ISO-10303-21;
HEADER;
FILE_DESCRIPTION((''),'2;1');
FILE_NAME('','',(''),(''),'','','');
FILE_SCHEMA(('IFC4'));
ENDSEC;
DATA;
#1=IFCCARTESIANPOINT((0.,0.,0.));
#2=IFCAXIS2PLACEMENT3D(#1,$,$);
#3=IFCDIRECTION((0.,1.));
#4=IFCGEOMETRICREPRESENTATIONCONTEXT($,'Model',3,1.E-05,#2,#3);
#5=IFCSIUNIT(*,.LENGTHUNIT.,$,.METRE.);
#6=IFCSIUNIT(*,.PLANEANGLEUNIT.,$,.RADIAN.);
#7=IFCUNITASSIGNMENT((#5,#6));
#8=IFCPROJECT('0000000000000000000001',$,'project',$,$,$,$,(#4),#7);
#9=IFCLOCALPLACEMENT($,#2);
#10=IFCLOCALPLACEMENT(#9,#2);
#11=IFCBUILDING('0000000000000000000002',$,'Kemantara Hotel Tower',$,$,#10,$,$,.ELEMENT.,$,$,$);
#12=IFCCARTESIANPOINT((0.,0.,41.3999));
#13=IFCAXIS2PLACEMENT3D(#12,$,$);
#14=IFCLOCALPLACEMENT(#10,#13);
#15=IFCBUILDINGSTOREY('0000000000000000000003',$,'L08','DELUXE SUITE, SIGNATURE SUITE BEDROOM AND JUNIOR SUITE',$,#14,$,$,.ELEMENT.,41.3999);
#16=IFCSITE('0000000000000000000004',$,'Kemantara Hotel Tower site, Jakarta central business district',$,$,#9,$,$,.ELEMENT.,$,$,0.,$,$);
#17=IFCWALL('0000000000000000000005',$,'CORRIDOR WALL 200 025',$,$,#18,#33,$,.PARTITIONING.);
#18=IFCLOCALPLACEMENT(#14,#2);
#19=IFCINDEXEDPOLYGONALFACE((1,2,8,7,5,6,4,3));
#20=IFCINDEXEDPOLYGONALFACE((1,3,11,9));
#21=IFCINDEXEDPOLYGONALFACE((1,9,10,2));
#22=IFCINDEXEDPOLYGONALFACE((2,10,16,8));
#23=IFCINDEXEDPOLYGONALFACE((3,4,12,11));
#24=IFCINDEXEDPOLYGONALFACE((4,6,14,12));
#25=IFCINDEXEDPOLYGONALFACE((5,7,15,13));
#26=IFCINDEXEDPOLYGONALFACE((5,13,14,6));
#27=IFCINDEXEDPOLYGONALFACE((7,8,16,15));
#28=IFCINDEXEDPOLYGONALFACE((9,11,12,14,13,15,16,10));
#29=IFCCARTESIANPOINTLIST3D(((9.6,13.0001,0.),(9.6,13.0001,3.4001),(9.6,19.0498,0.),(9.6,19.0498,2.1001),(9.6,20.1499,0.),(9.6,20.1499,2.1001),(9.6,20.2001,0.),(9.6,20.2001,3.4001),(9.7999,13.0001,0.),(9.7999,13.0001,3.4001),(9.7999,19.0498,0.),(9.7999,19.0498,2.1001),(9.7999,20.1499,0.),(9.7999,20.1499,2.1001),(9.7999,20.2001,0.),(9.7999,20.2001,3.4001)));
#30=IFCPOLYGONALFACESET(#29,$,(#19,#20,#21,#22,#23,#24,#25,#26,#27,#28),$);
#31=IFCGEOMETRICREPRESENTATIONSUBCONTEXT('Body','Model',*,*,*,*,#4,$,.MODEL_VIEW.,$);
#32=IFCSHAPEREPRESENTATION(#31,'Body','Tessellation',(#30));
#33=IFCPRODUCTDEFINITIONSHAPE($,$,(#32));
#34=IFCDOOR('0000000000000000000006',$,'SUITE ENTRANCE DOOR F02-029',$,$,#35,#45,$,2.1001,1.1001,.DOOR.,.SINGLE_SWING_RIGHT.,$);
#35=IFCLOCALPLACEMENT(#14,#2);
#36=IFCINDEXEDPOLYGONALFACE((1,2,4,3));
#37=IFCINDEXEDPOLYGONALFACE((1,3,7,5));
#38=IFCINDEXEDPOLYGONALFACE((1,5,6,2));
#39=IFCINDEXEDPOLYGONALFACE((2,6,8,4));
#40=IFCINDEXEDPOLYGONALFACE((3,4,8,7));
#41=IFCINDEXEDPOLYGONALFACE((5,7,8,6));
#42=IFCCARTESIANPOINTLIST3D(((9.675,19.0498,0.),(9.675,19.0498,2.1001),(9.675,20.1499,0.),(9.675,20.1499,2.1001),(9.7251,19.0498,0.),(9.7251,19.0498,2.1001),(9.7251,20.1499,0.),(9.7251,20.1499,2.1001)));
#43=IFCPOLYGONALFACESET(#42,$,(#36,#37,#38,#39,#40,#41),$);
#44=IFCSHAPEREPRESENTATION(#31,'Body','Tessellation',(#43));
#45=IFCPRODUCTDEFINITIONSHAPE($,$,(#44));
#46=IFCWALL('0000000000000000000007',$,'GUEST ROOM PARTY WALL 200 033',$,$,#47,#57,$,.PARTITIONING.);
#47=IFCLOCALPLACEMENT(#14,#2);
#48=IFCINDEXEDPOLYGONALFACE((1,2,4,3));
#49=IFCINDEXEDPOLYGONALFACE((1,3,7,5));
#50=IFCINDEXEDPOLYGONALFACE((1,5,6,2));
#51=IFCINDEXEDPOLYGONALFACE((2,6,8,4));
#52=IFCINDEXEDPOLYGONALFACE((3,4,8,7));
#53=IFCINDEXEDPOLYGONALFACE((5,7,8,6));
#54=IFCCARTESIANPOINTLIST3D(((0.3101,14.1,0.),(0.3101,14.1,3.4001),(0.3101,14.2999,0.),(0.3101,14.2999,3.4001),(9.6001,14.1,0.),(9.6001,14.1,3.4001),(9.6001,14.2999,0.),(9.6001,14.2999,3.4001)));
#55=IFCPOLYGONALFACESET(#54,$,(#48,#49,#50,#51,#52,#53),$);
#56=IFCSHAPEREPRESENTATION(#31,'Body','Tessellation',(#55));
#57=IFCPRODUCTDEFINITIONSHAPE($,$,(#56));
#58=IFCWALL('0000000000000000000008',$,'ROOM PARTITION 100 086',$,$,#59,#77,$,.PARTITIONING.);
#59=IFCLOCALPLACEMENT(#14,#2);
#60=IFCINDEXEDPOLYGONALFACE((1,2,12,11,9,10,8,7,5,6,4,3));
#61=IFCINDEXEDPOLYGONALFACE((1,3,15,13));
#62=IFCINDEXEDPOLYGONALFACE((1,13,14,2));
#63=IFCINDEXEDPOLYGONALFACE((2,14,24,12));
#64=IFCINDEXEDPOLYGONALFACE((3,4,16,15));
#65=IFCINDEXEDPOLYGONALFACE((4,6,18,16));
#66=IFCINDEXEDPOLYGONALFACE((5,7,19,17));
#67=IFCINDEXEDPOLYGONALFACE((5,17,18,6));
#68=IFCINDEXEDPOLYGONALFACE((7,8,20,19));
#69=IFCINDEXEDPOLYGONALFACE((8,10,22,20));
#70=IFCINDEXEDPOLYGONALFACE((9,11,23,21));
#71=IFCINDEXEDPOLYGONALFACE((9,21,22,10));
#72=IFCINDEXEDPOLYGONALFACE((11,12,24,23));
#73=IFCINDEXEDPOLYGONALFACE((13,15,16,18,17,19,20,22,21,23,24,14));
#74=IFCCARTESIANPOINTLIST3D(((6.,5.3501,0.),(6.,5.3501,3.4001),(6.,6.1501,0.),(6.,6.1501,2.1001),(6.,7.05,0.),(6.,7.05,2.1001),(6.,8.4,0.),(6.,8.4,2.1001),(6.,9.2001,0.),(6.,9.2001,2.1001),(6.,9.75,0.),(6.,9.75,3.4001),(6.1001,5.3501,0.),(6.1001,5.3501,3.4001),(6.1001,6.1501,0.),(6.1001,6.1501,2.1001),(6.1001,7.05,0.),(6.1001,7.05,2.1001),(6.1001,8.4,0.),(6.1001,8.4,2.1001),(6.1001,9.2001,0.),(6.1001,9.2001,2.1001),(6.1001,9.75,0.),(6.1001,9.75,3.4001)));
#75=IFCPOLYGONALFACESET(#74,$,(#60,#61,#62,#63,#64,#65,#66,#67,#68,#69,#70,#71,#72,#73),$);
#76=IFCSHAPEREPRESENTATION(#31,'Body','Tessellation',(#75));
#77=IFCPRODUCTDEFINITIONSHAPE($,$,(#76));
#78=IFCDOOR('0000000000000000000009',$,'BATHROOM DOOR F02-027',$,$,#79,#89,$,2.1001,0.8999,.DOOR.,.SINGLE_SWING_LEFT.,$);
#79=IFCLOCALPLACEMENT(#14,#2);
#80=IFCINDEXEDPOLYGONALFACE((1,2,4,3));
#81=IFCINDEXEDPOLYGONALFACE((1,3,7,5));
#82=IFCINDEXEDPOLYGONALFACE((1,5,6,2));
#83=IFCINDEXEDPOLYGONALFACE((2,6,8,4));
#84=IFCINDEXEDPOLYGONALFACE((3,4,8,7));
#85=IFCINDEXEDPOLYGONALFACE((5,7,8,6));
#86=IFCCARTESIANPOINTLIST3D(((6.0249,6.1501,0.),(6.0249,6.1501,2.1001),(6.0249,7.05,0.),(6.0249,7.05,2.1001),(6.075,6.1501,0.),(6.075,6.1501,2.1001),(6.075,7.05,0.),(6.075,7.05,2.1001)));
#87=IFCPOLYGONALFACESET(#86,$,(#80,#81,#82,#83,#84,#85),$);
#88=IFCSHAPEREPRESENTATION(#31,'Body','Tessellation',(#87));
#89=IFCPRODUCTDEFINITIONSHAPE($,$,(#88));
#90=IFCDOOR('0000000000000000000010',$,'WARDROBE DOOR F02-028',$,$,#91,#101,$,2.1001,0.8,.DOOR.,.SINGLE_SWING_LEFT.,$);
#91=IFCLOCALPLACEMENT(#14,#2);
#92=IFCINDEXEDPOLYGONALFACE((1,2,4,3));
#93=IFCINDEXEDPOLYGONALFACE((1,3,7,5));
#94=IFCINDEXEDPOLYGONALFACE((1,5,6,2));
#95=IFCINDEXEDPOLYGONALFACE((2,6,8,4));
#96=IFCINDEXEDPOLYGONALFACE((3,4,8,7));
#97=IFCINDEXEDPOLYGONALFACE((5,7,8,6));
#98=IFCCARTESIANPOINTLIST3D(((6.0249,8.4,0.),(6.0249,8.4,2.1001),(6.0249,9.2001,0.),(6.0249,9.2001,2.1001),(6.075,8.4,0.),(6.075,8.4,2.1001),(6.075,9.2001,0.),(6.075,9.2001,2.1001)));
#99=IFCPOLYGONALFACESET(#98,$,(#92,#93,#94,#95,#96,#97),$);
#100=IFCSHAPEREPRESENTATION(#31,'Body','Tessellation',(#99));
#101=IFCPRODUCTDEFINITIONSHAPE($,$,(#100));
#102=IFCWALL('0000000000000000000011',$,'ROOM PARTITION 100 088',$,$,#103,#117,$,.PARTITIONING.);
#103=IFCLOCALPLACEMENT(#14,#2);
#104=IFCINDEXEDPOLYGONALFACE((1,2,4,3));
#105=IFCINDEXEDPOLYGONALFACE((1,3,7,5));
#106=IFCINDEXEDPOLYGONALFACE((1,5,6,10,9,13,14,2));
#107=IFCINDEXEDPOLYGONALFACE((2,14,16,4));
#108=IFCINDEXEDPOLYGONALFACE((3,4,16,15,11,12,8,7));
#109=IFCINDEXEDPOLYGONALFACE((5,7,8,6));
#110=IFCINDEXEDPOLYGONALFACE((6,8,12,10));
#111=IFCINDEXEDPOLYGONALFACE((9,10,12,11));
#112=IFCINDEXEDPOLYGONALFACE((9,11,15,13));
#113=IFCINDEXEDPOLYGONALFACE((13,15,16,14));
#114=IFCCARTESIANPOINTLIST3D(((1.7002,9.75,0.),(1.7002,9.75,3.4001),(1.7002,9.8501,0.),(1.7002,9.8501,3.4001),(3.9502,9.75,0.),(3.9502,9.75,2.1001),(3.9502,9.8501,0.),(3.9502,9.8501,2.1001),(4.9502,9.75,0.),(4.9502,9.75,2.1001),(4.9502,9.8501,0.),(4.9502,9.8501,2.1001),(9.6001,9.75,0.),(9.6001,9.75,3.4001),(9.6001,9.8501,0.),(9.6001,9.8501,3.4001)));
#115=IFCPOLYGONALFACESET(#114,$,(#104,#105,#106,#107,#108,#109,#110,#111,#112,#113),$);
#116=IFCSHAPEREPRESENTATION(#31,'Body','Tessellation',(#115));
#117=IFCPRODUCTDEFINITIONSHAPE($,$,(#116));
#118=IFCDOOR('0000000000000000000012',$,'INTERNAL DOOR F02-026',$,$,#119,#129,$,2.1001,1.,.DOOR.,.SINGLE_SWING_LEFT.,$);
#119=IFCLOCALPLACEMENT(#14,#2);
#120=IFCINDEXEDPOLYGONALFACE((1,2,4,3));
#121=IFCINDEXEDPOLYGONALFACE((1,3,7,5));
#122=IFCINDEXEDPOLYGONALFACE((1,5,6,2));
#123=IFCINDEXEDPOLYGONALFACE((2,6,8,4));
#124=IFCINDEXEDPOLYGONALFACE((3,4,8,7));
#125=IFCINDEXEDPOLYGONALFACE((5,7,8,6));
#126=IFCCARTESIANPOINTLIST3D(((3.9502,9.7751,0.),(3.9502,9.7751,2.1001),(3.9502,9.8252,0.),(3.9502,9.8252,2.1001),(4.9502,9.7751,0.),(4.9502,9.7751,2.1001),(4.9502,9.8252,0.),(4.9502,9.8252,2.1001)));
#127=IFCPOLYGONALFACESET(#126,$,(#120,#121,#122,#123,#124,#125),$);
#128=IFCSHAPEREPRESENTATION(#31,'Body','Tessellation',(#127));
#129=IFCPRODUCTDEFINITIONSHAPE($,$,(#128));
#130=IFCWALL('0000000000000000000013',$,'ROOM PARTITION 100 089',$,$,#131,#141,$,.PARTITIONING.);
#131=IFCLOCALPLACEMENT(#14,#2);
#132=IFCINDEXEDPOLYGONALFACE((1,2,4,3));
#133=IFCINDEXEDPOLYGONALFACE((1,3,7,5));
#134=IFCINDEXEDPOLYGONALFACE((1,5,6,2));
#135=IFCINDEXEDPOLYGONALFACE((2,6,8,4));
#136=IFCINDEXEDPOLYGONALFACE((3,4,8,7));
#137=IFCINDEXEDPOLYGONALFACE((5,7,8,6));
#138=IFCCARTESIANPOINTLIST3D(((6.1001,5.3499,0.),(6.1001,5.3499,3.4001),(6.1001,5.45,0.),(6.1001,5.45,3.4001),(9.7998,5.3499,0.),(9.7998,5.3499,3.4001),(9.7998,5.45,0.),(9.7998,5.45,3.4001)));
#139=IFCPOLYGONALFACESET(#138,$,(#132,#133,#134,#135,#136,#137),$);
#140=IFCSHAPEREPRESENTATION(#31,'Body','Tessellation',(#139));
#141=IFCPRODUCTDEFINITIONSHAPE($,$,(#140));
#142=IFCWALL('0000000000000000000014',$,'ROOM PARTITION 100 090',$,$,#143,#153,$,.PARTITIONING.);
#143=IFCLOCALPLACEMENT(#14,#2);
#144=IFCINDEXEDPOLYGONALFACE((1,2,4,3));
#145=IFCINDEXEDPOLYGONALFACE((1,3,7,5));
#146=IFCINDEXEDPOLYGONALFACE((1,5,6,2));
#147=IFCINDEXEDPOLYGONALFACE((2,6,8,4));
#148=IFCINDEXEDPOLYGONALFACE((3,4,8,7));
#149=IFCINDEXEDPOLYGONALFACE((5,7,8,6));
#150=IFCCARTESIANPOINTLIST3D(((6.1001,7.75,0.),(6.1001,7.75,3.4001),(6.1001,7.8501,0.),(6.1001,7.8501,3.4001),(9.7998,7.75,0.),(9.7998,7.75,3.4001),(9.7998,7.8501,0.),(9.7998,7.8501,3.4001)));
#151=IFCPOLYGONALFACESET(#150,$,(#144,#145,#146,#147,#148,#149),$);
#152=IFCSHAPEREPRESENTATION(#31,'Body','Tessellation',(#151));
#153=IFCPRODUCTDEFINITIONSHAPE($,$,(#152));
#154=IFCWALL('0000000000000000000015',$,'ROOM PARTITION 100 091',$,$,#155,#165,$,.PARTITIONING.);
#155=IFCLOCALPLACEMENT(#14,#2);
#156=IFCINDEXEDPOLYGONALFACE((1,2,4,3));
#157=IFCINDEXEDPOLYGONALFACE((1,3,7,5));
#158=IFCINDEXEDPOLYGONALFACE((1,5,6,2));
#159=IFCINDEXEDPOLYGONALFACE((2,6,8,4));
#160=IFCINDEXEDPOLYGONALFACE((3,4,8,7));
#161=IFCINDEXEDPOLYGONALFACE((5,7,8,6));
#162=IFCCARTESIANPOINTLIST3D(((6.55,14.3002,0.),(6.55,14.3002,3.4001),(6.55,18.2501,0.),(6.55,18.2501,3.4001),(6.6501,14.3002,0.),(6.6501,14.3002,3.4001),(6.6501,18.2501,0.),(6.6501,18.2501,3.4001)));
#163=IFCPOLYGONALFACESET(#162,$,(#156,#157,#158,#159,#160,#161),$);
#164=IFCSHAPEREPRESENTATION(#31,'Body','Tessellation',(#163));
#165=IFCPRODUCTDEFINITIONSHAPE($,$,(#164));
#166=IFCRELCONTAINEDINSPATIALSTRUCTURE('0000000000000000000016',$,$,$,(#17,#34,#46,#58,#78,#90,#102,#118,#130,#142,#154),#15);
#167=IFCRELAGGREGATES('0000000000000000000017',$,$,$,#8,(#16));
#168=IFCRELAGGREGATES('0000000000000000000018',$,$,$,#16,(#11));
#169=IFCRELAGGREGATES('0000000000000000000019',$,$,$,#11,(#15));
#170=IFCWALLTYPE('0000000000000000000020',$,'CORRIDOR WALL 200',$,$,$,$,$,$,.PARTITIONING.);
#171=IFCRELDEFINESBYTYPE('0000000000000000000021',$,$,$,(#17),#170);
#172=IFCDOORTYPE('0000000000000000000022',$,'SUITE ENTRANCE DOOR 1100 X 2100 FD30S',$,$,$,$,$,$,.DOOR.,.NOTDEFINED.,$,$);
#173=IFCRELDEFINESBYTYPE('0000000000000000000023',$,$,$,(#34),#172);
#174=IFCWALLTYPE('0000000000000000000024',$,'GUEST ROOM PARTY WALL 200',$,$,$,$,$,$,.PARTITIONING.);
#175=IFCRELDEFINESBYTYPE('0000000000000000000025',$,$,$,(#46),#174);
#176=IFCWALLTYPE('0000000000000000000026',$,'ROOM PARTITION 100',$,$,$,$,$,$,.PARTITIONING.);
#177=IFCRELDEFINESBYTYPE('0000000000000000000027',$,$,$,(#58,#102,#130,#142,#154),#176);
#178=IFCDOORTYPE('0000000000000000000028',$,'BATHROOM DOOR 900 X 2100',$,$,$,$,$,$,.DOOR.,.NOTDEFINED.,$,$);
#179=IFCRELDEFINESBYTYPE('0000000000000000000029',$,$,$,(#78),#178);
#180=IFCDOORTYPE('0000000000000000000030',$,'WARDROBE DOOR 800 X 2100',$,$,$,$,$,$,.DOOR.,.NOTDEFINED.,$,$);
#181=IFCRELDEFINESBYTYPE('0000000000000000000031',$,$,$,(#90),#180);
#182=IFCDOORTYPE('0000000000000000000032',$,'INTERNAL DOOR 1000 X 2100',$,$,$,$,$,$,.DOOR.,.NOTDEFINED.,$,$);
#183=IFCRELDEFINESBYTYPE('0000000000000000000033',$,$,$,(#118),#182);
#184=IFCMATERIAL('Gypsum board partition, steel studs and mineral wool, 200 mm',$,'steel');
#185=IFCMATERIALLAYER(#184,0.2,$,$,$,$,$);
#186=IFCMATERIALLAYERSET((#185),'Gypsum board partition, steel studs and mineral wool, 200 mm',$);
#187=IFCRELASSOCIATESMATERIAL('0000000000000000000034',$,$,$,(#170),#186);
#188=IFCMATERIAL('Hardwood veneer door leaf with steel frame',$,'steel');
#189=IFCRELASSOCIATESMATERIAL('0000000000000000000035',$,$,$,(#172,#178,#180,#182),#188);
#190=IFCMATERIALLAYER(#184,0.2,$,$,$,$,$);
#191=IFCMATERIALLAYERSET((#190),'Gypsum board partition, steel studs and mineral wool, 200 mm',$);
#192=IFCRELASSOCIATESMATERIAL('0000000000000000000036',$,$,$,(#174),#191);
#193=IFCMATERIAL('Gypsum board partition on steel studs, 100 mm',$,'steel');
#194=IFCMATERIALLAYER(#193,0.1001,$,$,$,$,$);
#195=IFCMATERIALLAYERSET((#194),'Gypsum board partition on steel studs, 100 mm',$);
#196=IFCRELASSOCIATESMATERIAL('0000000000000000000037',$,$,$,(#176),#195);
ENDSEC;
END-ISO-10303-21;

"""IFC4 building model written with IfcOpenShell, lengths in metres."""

from ifc_helpers import new_model, si_unit, direction, frame, frame_2d, origin, place, context, subcontext, project, spatial, rectangle, extrude, material, layer, layer_set, type_object, element, fill, save


model = new_model("IFC4")

# Units and contexts
model_context = context("Model", 3, precision=1e-05, world=origin(), true_north=direction((0.0, 1.0)))
body_context = subcontext(model_context, "Body", "Model", "MODEL_VIEW")
ifc_project = project(units=[si_unit("LENGTHUNIT", "METRE"), si_unit("PLANEANGLEUNIT", "RADIAN")], contexts=[model_context])

# Site, building, storey
site_placement = place(None, origin())
site = spatial("IfcSite", under=ifc_project, at=site_placement, Name="Kemantara Hotel Tower site, Jakarta central business district", CompositionType="ELEMENT", RefElevation=0.0)
building_placement = place(site_placement, origin())
building = spatial("IfcBuilding", under=site, at=building_placement, Name="Kemantara Hotel Tower", CompositionType="ELEMENT")
storey_placement = place(building_placement, frame((0.0, 0.0, 41.3999)))
storey = spatial("IfcBuildingStorey", under=building, at=storey_placement, Name="L08", Description="DELUXE SUITE, SIGNATURE SUITE BEDROOM AND JUNIOR SUITE", CompositionType="ELEMENT", Elevation=41.3999)

# Wall, opening, door
ifc_material_1 = material(Name="Gypsum board partition, steel studs and mineral wool, 200 mm", Category="steel")
ifc_layer_1 = layer(ifc_material_1, 0.2)
ifc_layer_set_1 = layer_set([ifc_layer_1], Name="Gypsum board partition, steel studs and mineral wool, 200 mm")
wall_type_1 = type_object("IfcWallType", Name="CORRIDOR WALL 200", PredefinedType="PARTITIONING", material=ifc_layer_set_1)
ifc_material_2 = material(Name="Hardwood veneer door leaf with steel frame", Category="steel")
door_type_1 = type_object("IfcDoorType", Name="SUITE ENTRANCE DOOR 1100 X 2100 FD30S", OperationType="NOTDEFINED", PredefinedType="DOOR", material=ifc_material_2)
wall_1_placement = place(storey_placement, frame((9.7, 13.0, 0.0), z_axis=(0.0, 0.0, 1.0), x_axis=(0.0, 1.0, 0.0)))
wall_1 = element("IfcWall", 1, at=wall_1_placement, inside=storey, type_object=wall_type_1, Name="CORRIDOR WALL 200 025", PredefinedType="PARTITIONING", context=body_context, shape_type="SweptSolid", body=[
    extrude(rectangle(XDim=7.2, YDim=0.2, at=frame_2d((3.6001, 0.0))), origin(), (0.0, 0.0, 1.0), 3.4001),
])
opening_1_placement = place(wall_1_placement, frame((6.0498, 0.0, 0.0)))
opening_1 = element("IfcOpeningElement", 2, at=opening_1_placement, cuts=wall_1, PredefinedType="OPENING", context=body_context, shape_type="SweptSolid", body=[
    extrude(rectangle(XDim=1.1001, YDim=2.1001, at=frame_2d((0.55, 1.05))), frame((0.0, 0.1099, 0.0), z_axis=(0.0, -1.0, 0.0), x_axis=(1.0, 0.0, 0.0)), (0.0, 0.0, 1.0), 0.22),
])
door_1_placement = place(opening_1_placement, origin())
door_1 = element("IfcDoor", 3, at=door_1_placement, inside=storey, type_object=door_type_1, Name="SUITE ENTRANCE DOOR F02-029", OperationType="SINGLE_SWING_RIGHT", OverallHeight=2.1001, OverallWidth=1.1001, PredefinedType="DOOR", context=body_context, shape_type="SweptSolid", body=[
    extrude(rectangle(XDim=1.1001, YDim=2.1001, at=frame_2d((0.55, 1.05))), frame((0.0, 0.0249, 0.0), z_axis=(0.0, -1.0, 0.0), x_axis=(1.0, 0.0, 0.0)), (0.0, 0.0, 1.0), 0.05),
])
fill(opening_1, door_1)

# Wall
ifc_layer_2 = layer(ifc_material_1, 0.2)
ifc_layer_set_2 = layer_set([ifc_layer_2], Name="Gypsum board partition, steel studs and mineral wool, 200 mm")
wall_type_2 = type_object("IfcWallType", Name="GUEST ROOM PARTY WALL 200", PredefinedType="PARTITIONING", material=ifc_layer_set_2)
wall_2_placement = place(storey_placement, frame((0.3101, 14.2, 0.0), z_axis=(0.0, 0.0, 1.0), x_axis=(1.0, 0.0, 0.0)))
element("IfcWall", 4, at=wall_2_placement, inside=storey, type_object=wall_type_2, Name="GUEST ROOM PARTY WALL 200 033", PredefinedType="PARTITIONING", context=body_context, shape_type="SweptSolid", body=[
    extrude(rectangle(XDim=9.29, YDim=0.2, at=frame_2d((4.645, 0.0))), origin(), (0.0, 0.0, 1.0), 3.4001),
])

# Wall, openings, doors
ifc_material_3 = material(Name="Gypsum board partition on steel studs, 100 mm", Category="steel")
ifc_layer_3 = layer(ifc_material_3, 0.1001)
ifc_layer_set_3 = layer_set([ifc_layer_3], Name="Gypsum board partition on steel studs, 100 mm")
wall_type_3 = type_object("IfcWallType", Name="ROOM PARTITION 100", PredefinedType="PARTITIONING", material=ifc_layer_set_3)
wall_3_placement = place(storey_placement, frame((6.05, 9.75, 0.0), z_axis=(0.0, 0.0, 1.0), x_axis=(0.0, -1.0, 0.0)))
wall_3 = element("IfcWall", 5, at=wall_3_placement, inside=storey, type_object=wall_type_3, Name="ROOM PARTITION 100 086", PredefinedType="PARTITIONING", context=body_context, shape_type="SweptSolid", body=[
    extrude(rectangle(XDim=4.3999, YDim=0.1001, at=frame_2d((2.2, 0.0))), origin(), (0.0, 0.0, 1.0), 3.4001),
])
opening_2_placement = place(wall_3_placement, frame((2.7, 0.0, 0.0)))
opening_2 = element("IfcOpeningElement", 6, at=opening_2_placement, cuts=wall_3, PredefinedType="OPENING", context=body_context, shape_type="SweptSolid", body=[
    extrude(rectangle(XDim=0.8999, YDim=2.1001, at=frame_2d((0.45, 1.05))), frame((0.0, 0.0601, 0.0), z_axis=(0.0, -1.0, 0.0), x_axis=(1.0, 0.0, 0.0)), (0.0, 0.0, 1.0), 0.1201),
])
opening_3_placement = place(wall_3_placement, frame((0.55, 0.0, 0.0)))
opening_3 = element("IfcOpeningElement", 7, at=opening_3_placement, cuts=wall_3, PredefinedType="OPENING", context=body_context, shape_type="SweptSolid", body=[
    extrude(rectangle(XDim=0.8, YDim=2.1001, at=frame_2d((0.3999, 1.05))), frame((0.0, 0.0601, 0.0), z_axis=(0.0, -1.0, 0.0), x_axis=(1.0, 0.0, 0.0)), (0.0, 0.0, 1.0), 0.1201),
])
door_type_2 = type_object("IfcDoorType", Name="BATHROOM DOOR 900 X 2100", OperationType="NOTDEFINED", PredefinedType="DOOR", material=ifc_material_2)
door_2_placement = place(opening_2_placement, origin())
door_2 = element("IfcDoor", 8, at=door_2_placement, inside=storey, type_object=door_type_2, Name="BATHROOM DOOR F02-027", OperationType="SINGLE_SWING_LEFT", OverallHeight=2.1001, OverallWidth=0.8999, PredefinedType="DOOR", context=body_context, shape_type="SweptSolid", body=[
    extrude(rectangle(XDim=0.8999, YDim=2.1001, at=frame_2d((0.45, 1.05))), frame((0.0, 0.0249, 0.0), z_axis=(0.0, -1.0, 0.0), x_axis=(1.0, 0.0, 0.0)), (0.0, 0.0, 1.0), 0.05),
])
fill(opening_2, door_2)
door_type_3 = type_object("IfcDoorType", Name="WARDROBE DOOR 800 X 2100", OperationType="NOTDEFINED", PredefinedType="DOOR", material=ifc_material_2)
door_3_placement = place(opening_3_placement, origin())
door_3 = element("IfcDoor", 9, at=door_3_placement, inside=storey, type_object=door_type_3, Name="WARDROBE DOOR F02-028", OperationType="SINGLE_SWING_LEFT", OverallHeight=2.1001, OverallWidth=0.8, PredefinedType="DOOR", context=body_context, shape_type="SweptSolid", body=[
    extrude(rectangle(XDim=0.8, YDim=2.1001, at=frame_2d((0.3999, 1.05))), frame((0.0, 0.0249, 0.0), z_axis=(0.0, -1.0, 0.0), x_axis=(1.0, 0.0, 0.0)), (0.0, 0.0, 1.0), 0.05),
])
fill(opening_3, door_3)

# Wall, opening, door
wall_4_placement = place(storey_placement, frame((9.6001, 9.8, 0.0), z_axis=(0.0, 0.0, 1.0), x_axis=(-1.0, 0.0, 0.0)))
wall_4 = element("IfcWall", 10, at=wall_4_placement, inside=storey, type_object=wall_type_3, Name="ROOM PARTITION 100 088", PredefinedType="PARTITIONING", context=body_context, shape_type="SweptSolid", body=[
    extrude(rectangle(XDim=7.8999, YDim=0.1001, at=frame_2d((3.95, 0.0))), origin(), (0.0, 0.0, 1.0), 3.4001),
])
opening_4_placement = place(wall_4_placement, frame((4.6499, 0.0, 0.0)))
opening_4 = element("IfcOpeningElement", 11, at=opening_4_placement, cuts=wall_4, PredefinedType="OPENING", context=body_context, shape_type="SweptSolid", body=[
    extrude(rectangle(XDim=1.0, YDim=2.1001, at=frame_2d((0.5, 1.05))), frame((0.0, 0.0601, 0.0), z_axis=(0.0, -1.0, 0.0), x_axis=(1.0, 0.0, 0.0)), (0.0, 0.0, 1.0), 0.1201),
])
door_type_4 = type_object("IfcDoorType", Name="INTERNAL DOOR 1000 X 2100", OperationType="NOTDEFINED", PredefinedType="DOOR", material=ifc_material_2)
door_4_placement = place(opening_4_placement, origin())
door_4 = element("IfcDoor", 12, at=door_4_placement, inside=storey, type_object=door_type_4, Name="INTERNAL DOOR F02-026", OperationType="SINGLE_SWING_LEFT", OverallHeight=2.1001, OverallWidth=1.0, PredefinedType="DOOR", context=body_context, shape_type="SweptSolid", body=[
    extrude(rectangle(XDim=1.0, YDim=2.1001, at=frame_2d((0.5, 1.05))), frame((0.0, 0.0249, 0.0), z_axis=(0.0, -1.0, 0.0), x_axis=(1.0, 0.0, 0.0)), (0.0, 0.0, 1.0), 0.05),
])
fill(opening_4, door_4)

# Walls
for number, where, z_axis, x_axis, name in (
    (13, (6.1001, 5.3999, 0.0), (0.0, 0.0, 1.0), (1.0, 0.0, 0.0), "ROOM PARTITION 100 089"),
    (14, (6.1001, 7.8, 0.0), (0.0, 0.0, 1.0), (1.0, 0.0, 0.0), "ROOM PARTITION 100 090"),
):
    element("IfcWall", number, at=place(storey_placement, frame(where, z_axis=z_axis, x_axis=x_axis)), inside=storey, type_object=wall_type_3, Name=name, PredefinedType="PARTITIONING", context=body_context, shape_type="SweptSolid", body=[
        extrude(rectangle(XDim=3.6997, YDim=0.1001, at=frame_2d((1.8499, 0.0))), origin(), (0.0, 0.0, 1.0), 3.4001),
    ])
wall_5_placement = place(storey_placement, frame((6.6001, 14.3, 0.0), z_axis=(0.0, 0.0, 1.0), x_axis=(0.0, 1.0, 0.0)))
element("IfcWall", 15, at=wall_5_placement, inside=storey, type_object=wall_type_3, Name="ROOM PARTITION 100 091", PredefinedType="PARTITIONING", context=body_context, shape_type="SweptSolid", body=[
    extrude(rectangle(XDim=3.95, YDim=0.1001, at=frame_2d((1.9751, 0.0))), origin(), (0.0, 0.0, 1.0), 3.4001),
])

save(model, "model.ifc")
